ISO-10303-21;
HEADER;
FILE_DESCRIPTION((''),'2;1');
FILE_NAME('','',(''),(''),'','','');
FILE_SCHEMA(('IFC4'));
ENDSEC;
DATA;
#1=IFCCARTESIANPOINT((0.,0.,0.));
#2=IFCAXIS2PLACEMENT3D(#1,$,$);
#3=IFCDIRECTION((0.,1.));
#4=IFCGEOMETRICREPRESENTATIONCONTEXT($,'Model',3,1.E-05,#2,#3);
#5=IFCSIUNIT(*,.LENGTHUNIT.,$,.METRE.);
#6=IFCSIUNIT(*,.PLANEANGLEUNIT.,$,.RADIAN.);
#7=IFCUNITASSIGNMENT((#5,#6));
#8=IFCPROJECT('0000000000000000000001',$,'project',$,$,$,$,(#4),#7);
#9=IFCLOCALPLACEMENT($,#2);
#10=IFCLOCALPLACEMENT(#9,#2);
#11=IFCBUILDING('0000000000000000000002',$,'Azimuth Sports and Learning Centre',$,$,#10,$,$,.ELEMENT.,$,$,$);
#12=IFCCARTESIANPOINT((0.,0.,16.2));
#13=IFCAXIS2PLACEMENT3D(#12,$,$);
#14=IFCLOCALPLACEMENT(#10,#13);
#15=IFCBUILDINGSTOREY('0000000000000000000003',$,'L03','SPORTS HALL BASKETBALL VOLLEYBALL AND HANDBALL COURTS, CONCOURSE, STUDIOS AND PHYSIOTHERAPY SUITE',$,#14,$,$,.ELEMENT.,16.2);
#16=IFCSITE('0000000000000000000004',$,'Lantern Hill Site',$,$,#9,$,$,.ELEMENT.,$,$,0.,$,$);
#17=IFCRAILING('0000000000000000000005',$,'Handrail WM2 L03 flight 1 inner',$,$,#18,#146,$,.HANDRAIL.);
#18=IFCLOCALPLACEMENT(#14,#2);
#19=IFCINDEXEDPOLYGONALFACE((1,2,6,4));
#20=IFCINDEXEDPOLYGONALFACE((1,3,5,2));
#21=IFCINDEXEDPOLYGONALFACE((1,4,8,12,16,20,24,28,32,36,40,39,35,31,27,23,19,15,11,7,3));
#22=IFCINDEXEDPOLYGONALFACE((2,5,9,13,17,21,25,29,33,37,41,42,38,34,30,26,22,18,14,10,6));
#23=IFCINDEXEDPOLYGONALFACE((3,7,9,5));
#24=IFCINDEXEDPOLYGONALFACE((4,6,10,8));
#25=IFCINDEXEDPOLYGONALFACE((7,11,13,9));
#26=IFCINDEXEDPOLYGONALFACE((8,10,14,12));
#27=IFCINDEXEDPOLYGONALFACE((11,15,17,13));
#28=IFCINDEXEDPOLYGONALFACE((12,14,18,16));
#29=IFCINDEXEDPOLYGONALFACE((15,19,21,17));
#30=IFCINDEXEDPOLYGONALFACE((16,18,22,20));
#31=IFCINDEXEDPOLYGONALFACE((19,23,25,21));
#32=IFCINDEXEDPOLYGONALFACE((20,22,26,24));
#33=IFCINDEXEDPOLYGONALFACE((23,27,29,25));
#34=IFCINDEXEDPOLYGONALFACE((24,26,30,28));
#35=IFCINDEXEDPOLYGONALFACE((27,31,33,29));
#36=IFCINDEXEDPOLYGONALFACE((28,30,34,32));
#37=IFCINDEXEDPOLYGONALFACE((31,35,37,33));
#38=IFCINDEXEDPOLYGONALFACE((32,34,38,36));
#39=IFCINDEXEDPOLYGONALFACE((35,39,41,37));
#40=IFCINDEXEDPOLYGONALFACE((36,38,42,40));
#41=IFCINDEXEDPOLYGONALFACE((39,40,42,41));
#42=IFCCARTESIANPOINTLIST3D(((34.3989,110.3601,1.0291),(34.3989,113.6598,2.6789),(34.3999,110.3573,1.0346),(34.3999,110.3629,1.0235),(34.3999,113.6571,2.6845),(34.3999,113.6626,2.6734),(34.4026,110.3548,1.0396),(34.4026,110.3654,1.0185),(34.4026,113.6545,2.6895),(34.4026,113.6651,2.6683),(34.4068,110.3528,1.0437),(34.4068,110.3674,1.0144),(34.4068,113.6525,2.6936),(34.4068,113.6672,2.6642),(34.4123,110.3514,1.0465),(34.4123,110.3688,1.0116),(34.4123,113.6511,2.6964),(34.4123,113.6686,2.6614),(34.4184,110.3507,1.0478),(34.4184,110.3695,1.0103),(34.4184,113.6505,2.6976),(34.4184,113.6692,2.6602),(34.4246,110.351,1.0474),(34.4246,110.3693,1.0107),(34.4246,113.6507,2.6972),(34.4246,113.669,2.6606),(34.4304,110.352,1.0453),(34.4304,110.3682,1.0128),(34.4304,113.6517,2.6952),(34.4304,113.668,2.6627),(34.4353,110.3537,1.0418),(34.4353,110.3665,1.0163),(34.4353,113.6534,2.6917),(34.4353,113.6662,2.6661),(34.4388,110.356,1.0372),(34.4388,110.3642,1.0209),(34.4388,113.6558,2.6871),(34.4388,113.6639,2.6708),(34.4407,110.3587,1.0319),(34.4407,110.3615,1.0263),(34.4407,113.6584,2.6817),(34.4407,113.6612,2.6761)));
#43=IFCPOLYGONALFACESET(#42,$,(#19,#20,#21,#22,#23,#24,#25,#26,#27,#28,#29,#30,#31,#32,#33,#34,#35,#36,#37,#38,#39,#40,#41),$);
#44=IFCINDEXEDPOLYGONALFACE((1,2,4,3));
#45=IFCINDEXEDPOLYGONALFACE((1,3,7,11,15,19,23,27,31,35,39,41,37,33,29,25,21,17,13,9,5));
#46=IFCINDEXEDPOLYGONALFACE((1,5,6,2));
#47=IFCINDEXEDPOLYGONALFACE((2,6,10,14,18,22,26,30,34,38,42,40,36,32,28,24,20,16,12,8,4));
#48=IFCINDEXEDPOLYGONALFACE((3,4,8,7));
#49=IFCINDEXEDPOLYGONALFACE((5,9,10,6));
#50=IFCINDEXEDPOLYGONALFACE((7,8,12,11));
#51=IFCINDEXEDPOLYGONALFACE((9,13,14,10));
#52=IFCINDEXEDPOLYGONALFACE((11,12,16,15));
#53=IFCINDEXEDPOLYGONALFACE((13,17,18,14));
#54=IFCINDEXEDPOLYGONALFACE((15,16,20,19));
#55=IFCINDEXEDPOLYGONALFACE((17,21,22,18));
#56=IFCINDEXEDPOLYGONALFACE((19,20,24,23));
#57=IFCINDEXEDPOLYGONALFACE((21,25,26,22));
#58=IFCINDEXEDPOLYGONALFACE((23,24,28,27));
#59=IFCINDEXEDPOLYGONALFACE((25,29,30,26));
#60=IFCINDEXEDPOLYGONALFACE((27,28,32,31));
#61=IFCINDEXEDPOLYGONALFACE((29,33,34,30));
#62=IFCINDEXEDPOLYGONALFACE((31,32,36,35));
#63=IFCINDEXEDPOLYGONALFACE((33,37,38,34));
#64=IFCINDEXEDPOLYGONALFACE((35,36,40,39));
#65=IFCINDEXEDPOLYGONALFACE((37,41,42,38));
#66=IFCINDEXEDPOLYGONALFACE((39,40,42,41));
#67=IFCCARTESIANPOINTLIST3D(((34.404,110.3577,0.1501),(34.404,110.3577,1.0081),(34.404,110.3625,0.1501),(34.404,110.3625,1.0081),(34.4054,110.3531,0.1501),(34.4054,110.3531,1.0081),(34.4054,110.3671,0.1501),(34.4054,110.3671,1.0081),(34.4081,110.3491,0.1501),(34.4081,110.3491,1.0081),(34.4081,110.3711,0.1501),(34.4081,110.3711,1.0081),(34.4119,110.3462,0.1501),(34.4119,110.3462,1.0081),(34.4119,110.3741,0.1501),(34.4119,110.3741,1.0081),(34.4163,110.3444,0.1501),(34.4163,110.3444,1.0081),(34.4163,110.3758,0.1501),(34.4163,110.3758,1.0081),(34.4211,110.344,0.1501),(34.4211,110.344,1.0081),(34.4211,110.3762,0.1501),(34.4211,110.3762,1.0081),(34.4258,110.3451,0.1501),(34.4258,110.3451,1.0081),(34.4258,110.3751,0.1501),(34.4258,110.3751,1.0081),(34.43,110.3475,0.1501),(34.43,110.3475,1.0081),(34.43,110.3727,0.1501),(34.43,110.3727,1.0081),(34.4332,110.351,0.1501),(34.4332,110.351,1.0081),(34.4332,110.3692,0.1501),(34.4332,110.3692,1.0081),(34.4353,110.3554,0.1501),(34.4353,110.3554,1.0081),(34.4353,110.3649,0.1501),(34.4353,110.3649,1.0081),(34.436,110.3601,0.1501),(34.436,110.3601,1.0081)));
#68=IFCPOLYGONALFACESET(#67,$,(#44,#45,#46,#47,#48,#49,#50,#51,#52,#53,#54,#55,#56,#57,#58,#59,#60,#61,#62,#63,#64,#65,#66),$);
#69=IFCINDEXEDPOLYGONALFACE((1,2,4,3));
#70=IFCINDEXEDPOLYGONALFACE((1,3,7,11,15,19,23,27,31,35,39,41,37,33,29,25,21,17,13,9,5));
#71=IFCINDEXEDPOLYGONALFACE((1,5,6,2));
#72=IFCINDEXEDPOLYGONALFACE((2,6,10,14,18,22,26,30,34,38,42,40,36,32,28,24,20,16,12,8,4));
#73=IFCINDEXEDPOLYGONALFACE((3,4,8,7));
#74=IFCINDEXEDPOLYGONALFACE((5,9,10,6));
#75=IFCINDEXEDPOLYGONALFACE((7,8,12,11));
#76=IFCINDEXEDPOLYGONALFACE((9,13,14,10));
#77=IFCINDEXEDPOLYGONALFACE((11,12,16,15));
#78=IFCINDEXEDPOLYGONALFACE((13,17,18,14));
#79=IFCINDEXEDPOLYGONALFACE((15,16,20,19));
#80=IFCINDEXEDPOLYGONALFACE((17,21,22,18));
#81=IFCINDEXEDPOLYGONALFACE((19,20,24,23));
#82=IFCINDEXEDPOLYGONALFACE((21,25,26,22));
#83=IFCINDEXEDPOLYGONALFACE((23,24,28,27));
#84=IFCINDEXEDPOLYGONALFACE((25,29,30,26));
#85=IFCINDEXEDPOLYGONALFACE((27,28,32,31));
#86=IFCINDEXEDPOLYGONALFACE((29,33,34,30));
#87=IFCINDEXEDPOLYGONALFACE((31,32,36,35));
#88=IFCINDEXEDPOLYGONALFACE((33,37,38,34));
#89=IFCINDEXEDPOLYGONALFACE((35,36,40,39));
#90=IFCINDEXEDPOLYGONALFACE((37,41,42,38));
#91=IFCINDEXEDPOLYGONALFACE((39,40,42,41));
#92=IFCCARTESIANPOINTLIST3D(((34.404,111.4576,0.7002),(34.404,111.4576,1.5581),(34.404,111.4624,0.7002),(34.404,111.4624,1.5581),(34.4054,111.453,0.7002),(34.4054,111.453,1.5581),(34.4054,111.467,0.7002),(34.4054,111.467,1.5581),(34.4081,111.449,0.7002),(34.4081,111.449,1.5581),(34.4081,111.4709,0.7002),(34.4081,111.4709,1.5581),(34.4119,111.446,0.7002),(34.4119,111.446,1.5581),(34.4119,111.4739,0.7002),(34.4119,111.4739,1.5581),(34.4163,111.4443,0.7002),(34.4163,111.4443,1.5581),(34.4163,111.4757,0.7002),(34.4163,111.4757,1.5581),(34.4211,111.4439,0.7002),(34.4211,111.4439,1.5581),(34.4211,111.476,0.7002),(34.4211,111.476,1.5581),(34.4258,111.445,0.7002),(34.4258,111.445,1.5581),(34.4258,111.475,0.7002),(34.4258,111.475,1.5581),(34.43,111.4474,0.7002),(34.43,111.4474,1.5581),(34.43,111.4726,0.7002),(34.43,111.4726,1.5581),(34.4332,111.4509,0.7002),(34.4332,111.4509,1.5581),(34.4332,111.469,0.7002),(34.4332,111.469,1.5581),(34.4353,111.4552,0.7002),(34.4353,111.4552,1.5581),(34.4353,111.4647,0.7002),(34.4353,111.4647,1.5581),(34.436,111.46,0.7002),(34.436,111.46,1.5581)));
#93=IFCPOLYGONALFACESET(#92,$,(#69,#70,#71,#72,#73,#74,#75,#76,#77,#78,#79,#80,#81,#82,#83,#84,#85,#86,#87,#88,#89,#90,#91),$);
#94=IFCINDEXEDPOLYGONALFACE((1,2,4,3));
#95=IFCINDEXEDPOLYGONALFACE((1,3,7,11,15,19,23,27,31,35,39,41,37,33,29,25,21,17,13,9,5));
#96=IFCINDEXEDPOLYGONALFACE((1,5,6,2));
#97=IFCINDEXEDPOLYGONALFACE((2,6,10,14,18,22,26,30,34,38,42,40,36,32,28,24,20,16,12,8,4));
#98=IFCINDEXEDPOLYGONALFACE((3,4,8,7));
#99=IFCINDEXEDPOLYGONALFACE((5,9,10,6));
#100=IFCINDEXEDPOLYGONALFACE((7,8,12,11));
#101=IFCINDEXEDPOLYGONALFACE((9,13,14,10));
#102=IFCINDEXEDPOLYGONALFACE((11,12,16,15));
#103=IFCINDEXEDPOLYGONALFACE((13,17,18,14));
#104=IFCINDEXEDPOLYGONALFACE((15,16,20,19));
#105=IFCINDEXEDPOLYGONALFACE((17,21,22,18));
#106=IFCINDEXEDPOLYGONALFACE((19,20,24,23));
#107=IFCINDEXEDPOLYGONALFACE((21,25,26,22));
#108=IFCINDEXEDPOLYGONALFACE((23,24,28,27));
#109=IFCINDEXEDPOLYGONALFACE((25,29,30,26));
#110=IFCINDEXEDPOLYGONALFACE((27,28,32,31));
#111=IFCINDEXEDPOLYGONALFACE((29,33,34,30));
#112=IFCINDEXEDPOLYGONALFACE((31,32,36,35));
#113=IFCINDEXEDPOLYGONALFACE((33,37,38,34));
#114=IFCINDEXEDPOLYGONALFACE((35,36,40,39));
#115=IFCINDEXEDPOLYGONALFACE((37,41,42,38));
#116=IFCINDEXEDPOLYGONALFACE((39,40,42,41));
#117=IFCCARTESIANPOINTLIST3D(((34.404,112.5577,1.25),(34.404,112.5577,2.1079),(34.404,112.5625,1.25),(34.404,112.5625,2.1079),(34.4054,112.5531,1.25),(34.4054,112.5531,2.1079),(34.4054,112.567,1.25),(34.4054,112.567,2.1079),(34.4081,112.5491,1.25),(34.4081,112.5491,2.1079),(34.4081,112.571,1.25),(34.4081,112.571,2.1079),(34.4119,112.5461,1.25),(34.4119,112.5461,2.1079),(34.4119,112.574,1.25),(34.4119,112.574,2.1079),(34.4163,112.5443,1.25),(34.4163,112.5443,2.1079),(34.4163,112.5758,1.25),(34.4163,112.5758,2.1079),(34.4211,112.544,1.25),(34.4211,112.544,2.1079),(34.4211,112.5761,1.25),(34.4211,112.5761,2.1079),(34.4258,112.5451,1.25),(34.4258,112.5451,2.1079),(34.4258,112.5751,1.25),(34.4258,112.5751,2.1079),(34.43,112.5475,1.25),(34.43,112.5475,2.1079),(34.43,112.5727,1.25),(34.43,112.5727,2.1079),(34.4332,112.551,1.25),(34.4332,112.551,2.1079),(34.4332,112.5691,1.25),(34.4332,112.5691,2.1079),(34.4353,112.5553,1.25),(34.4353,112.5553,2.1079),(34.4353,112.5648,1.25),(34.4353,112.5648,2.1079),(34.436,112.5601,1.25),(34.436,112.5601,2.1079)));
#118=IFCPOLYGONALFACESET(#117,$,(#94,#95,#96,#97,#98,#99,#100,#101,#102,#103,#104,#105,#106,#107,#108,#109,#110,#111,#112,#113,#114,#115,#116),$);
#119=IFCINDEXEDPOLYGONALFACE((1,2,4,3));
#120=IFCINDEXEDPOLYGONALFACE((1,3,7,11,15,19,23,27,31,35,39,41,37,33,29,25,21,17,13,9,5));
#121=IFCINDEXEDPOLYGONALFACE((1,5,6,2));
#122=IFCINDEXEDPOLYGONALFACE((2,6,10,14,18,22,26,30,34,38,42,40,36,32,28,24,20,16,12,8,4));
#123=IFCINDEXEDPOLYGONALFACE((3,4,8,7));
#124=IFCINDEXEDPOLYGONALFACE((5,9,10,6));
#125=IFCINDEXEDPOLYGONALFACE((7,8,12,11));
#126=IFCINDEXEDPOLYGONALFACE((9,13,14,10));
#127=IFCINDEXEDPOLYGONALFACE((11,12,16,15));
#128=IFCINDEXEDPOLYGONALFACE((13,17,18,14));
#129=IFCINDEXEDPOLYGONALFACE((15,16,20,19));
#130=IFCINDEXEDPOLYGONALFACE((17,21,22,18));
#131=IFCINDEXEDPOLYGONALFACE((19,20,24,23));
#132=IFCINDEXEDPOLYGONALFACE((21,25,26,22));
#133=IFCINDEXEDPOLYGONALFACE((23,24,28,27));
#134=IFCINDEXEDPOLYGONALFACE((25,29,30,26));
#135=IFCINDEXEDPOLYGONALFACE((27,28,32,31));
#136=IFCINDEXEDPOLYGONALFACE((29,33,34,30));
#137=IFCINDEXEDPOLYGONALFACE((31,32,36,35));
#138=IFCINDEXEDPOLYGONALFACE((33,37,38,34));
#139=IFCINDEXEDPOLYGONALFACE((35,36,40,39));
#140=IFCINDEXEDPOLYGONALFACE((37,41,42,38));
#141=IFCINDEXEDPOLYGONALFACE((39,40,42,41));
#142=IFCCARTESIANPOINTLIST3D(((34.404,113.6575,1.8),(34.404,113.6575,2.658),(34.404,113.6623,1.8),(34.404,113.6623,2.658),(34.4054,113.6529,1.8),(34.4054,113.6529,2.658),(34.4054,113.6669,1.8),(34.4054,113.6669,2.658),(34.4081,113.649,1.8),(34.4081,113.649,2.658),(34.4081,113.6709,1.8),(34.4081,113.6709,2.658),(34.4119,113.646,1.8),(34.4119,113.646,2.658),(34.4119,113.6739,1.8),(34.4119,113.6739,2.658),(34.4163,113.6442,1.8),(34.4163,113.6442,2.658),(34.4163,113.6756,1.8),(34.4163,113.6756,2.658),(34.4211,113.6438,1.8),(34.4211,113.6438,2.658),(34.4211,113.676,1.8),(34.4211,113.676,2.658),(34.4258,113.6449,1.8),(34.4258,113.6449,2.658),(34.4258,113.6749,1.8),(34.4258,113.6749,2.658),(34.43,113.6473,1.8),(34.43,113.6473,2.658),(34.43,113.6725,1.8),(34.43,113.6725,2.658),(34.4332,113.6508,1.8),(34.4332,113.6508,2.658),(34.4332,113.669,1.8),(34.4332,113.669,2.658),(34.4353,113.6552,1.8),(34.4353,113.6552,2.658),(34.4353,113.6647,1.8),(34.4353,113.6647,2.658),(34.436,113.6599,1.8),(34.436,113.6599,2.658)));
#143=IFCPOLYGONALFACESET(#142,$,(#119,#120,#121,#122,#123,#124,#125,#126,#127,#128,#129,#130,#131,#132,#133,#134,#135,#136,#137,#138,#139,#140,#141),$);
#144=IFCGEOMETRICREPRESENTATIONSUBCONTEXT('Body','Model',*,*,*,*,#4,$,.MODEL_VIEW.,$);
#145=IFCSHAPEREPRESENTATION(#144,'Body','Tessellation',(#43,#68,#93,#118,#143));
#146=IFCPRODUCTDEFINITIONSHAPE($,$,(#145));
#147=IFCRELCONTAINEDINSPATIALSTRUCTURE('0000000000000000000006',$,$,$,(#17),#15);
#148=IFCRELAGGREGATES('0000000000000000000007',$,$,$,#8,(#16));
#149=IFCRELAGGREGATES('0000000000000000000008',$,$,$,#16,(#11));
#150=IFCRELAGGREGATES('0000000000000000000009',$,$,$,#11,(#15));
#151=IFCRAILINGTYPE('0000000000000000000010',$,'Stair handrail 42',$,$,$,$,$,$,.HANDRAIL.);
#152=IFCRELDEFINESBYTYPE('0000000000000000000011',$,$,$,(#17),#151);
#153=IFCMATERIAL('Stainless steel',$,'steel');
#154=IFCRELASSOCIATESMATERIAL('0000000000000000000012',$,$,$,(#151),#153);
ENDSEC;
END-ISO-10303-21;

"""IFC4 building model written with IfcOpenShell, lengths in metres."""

from ifc_helpers import new_model, si_unit, direction, frame, origin, origin_2d, place, context, subcontext, project, spatial, circle, extrude, material, type_object, element, save


model = new_model("IFC4")

# Units and contexts
model_context = context("Model", 3, precision=1e-05, world=origin(), true_north=direction((0.0, 1.0)))
body_context = subcontext(model_context, "Body", "Model", "MODEL_VIEW")
ifc_project = project(units=[si_unit("LENGTHUNIT", "METRE"), si_unit("PLANEANGLEUNIT", "RADIAN")], contexts=[model_context])

# Site, building, storey
site_placement = place(None, origin())
site = spatial("IfcSite", under=ifc_project, at=site_placement, Name="Lantern Hill Site", CompositionType="ELEMENT", RefElevation=0.0)
building_placement = place(site_placement, origin())
building = spatial("IfcBuilding", under=site, at=building_placement, Name="Azimuth Sports and Learning Centre", CompositionType="ELEMENT")
storey_placement = place(building_placement, frame((0.0, 0.0, 16.2)))
storey = spatial("IfcBuildingStorey", under=building, at=storey_placement, Name="L03", Description="SPORTS HALL BASKETBALL VOLLEYBALL AND HANDBALL COURTS, CONCOURSE, STUDIOS AND PHYSIOTHERAPY SUITE", CompositionType="ELEMENT", Elevation=16.2)

# Railing
ifc_material_1 = material(Name="Stainless steel", Category="steel")
railing_type_1 = type_object("IfcRailingType", Name="Stair handrail 42", PredefinedType="HANDRAIL", material=ifc_material_1)
for number, where, name in (
    (1, (34.4199, 110.3601, 0.1501), "Handrail WM2 L03 flight 1 inner"),
):
    element("IfcRailing", number, at=place(storey_placement, frame(where)), inside=storey, type_object=railing_type_1, Name=name, PredefinedType="HANDRAIL", context=body_context, shape_type="SweptSolid", body=[
        extrude(circle(Radius=0.021, at=origin_2d()), frame((0.0, 0.0, 0.8789), z_axis=(0.0, 0.894427, 0.447214), x_axis=(-1.0, 0.0, 0.0)), (0.0, 0.0, 1.0), 3.6892),
        extrude(circle(Radius=0.0161, at=origin_2d()), origin(), (0.0, 0.0, 1.0), 0.8579),
        extrude(circle(Radius=0.0161, at=origin_2d()), frame((0.0, 1.0999, 0.55)), (0.0, 0.0, 1.0), 0.8579),
        extrude(circle(Radius=0.0161, at=origin_2d()), frame((0.0, 2.2, 1.0999)), (0.0, 0.0, 1.0), 0.8579),
        extrude(circle(Radius=0.0161, at=origin_2d()), frame((0.0, 3.2998, 1.6499)), (0.0, 0.0, 1.0), 0.8579),
    ])

save(model, "model.ifc")
